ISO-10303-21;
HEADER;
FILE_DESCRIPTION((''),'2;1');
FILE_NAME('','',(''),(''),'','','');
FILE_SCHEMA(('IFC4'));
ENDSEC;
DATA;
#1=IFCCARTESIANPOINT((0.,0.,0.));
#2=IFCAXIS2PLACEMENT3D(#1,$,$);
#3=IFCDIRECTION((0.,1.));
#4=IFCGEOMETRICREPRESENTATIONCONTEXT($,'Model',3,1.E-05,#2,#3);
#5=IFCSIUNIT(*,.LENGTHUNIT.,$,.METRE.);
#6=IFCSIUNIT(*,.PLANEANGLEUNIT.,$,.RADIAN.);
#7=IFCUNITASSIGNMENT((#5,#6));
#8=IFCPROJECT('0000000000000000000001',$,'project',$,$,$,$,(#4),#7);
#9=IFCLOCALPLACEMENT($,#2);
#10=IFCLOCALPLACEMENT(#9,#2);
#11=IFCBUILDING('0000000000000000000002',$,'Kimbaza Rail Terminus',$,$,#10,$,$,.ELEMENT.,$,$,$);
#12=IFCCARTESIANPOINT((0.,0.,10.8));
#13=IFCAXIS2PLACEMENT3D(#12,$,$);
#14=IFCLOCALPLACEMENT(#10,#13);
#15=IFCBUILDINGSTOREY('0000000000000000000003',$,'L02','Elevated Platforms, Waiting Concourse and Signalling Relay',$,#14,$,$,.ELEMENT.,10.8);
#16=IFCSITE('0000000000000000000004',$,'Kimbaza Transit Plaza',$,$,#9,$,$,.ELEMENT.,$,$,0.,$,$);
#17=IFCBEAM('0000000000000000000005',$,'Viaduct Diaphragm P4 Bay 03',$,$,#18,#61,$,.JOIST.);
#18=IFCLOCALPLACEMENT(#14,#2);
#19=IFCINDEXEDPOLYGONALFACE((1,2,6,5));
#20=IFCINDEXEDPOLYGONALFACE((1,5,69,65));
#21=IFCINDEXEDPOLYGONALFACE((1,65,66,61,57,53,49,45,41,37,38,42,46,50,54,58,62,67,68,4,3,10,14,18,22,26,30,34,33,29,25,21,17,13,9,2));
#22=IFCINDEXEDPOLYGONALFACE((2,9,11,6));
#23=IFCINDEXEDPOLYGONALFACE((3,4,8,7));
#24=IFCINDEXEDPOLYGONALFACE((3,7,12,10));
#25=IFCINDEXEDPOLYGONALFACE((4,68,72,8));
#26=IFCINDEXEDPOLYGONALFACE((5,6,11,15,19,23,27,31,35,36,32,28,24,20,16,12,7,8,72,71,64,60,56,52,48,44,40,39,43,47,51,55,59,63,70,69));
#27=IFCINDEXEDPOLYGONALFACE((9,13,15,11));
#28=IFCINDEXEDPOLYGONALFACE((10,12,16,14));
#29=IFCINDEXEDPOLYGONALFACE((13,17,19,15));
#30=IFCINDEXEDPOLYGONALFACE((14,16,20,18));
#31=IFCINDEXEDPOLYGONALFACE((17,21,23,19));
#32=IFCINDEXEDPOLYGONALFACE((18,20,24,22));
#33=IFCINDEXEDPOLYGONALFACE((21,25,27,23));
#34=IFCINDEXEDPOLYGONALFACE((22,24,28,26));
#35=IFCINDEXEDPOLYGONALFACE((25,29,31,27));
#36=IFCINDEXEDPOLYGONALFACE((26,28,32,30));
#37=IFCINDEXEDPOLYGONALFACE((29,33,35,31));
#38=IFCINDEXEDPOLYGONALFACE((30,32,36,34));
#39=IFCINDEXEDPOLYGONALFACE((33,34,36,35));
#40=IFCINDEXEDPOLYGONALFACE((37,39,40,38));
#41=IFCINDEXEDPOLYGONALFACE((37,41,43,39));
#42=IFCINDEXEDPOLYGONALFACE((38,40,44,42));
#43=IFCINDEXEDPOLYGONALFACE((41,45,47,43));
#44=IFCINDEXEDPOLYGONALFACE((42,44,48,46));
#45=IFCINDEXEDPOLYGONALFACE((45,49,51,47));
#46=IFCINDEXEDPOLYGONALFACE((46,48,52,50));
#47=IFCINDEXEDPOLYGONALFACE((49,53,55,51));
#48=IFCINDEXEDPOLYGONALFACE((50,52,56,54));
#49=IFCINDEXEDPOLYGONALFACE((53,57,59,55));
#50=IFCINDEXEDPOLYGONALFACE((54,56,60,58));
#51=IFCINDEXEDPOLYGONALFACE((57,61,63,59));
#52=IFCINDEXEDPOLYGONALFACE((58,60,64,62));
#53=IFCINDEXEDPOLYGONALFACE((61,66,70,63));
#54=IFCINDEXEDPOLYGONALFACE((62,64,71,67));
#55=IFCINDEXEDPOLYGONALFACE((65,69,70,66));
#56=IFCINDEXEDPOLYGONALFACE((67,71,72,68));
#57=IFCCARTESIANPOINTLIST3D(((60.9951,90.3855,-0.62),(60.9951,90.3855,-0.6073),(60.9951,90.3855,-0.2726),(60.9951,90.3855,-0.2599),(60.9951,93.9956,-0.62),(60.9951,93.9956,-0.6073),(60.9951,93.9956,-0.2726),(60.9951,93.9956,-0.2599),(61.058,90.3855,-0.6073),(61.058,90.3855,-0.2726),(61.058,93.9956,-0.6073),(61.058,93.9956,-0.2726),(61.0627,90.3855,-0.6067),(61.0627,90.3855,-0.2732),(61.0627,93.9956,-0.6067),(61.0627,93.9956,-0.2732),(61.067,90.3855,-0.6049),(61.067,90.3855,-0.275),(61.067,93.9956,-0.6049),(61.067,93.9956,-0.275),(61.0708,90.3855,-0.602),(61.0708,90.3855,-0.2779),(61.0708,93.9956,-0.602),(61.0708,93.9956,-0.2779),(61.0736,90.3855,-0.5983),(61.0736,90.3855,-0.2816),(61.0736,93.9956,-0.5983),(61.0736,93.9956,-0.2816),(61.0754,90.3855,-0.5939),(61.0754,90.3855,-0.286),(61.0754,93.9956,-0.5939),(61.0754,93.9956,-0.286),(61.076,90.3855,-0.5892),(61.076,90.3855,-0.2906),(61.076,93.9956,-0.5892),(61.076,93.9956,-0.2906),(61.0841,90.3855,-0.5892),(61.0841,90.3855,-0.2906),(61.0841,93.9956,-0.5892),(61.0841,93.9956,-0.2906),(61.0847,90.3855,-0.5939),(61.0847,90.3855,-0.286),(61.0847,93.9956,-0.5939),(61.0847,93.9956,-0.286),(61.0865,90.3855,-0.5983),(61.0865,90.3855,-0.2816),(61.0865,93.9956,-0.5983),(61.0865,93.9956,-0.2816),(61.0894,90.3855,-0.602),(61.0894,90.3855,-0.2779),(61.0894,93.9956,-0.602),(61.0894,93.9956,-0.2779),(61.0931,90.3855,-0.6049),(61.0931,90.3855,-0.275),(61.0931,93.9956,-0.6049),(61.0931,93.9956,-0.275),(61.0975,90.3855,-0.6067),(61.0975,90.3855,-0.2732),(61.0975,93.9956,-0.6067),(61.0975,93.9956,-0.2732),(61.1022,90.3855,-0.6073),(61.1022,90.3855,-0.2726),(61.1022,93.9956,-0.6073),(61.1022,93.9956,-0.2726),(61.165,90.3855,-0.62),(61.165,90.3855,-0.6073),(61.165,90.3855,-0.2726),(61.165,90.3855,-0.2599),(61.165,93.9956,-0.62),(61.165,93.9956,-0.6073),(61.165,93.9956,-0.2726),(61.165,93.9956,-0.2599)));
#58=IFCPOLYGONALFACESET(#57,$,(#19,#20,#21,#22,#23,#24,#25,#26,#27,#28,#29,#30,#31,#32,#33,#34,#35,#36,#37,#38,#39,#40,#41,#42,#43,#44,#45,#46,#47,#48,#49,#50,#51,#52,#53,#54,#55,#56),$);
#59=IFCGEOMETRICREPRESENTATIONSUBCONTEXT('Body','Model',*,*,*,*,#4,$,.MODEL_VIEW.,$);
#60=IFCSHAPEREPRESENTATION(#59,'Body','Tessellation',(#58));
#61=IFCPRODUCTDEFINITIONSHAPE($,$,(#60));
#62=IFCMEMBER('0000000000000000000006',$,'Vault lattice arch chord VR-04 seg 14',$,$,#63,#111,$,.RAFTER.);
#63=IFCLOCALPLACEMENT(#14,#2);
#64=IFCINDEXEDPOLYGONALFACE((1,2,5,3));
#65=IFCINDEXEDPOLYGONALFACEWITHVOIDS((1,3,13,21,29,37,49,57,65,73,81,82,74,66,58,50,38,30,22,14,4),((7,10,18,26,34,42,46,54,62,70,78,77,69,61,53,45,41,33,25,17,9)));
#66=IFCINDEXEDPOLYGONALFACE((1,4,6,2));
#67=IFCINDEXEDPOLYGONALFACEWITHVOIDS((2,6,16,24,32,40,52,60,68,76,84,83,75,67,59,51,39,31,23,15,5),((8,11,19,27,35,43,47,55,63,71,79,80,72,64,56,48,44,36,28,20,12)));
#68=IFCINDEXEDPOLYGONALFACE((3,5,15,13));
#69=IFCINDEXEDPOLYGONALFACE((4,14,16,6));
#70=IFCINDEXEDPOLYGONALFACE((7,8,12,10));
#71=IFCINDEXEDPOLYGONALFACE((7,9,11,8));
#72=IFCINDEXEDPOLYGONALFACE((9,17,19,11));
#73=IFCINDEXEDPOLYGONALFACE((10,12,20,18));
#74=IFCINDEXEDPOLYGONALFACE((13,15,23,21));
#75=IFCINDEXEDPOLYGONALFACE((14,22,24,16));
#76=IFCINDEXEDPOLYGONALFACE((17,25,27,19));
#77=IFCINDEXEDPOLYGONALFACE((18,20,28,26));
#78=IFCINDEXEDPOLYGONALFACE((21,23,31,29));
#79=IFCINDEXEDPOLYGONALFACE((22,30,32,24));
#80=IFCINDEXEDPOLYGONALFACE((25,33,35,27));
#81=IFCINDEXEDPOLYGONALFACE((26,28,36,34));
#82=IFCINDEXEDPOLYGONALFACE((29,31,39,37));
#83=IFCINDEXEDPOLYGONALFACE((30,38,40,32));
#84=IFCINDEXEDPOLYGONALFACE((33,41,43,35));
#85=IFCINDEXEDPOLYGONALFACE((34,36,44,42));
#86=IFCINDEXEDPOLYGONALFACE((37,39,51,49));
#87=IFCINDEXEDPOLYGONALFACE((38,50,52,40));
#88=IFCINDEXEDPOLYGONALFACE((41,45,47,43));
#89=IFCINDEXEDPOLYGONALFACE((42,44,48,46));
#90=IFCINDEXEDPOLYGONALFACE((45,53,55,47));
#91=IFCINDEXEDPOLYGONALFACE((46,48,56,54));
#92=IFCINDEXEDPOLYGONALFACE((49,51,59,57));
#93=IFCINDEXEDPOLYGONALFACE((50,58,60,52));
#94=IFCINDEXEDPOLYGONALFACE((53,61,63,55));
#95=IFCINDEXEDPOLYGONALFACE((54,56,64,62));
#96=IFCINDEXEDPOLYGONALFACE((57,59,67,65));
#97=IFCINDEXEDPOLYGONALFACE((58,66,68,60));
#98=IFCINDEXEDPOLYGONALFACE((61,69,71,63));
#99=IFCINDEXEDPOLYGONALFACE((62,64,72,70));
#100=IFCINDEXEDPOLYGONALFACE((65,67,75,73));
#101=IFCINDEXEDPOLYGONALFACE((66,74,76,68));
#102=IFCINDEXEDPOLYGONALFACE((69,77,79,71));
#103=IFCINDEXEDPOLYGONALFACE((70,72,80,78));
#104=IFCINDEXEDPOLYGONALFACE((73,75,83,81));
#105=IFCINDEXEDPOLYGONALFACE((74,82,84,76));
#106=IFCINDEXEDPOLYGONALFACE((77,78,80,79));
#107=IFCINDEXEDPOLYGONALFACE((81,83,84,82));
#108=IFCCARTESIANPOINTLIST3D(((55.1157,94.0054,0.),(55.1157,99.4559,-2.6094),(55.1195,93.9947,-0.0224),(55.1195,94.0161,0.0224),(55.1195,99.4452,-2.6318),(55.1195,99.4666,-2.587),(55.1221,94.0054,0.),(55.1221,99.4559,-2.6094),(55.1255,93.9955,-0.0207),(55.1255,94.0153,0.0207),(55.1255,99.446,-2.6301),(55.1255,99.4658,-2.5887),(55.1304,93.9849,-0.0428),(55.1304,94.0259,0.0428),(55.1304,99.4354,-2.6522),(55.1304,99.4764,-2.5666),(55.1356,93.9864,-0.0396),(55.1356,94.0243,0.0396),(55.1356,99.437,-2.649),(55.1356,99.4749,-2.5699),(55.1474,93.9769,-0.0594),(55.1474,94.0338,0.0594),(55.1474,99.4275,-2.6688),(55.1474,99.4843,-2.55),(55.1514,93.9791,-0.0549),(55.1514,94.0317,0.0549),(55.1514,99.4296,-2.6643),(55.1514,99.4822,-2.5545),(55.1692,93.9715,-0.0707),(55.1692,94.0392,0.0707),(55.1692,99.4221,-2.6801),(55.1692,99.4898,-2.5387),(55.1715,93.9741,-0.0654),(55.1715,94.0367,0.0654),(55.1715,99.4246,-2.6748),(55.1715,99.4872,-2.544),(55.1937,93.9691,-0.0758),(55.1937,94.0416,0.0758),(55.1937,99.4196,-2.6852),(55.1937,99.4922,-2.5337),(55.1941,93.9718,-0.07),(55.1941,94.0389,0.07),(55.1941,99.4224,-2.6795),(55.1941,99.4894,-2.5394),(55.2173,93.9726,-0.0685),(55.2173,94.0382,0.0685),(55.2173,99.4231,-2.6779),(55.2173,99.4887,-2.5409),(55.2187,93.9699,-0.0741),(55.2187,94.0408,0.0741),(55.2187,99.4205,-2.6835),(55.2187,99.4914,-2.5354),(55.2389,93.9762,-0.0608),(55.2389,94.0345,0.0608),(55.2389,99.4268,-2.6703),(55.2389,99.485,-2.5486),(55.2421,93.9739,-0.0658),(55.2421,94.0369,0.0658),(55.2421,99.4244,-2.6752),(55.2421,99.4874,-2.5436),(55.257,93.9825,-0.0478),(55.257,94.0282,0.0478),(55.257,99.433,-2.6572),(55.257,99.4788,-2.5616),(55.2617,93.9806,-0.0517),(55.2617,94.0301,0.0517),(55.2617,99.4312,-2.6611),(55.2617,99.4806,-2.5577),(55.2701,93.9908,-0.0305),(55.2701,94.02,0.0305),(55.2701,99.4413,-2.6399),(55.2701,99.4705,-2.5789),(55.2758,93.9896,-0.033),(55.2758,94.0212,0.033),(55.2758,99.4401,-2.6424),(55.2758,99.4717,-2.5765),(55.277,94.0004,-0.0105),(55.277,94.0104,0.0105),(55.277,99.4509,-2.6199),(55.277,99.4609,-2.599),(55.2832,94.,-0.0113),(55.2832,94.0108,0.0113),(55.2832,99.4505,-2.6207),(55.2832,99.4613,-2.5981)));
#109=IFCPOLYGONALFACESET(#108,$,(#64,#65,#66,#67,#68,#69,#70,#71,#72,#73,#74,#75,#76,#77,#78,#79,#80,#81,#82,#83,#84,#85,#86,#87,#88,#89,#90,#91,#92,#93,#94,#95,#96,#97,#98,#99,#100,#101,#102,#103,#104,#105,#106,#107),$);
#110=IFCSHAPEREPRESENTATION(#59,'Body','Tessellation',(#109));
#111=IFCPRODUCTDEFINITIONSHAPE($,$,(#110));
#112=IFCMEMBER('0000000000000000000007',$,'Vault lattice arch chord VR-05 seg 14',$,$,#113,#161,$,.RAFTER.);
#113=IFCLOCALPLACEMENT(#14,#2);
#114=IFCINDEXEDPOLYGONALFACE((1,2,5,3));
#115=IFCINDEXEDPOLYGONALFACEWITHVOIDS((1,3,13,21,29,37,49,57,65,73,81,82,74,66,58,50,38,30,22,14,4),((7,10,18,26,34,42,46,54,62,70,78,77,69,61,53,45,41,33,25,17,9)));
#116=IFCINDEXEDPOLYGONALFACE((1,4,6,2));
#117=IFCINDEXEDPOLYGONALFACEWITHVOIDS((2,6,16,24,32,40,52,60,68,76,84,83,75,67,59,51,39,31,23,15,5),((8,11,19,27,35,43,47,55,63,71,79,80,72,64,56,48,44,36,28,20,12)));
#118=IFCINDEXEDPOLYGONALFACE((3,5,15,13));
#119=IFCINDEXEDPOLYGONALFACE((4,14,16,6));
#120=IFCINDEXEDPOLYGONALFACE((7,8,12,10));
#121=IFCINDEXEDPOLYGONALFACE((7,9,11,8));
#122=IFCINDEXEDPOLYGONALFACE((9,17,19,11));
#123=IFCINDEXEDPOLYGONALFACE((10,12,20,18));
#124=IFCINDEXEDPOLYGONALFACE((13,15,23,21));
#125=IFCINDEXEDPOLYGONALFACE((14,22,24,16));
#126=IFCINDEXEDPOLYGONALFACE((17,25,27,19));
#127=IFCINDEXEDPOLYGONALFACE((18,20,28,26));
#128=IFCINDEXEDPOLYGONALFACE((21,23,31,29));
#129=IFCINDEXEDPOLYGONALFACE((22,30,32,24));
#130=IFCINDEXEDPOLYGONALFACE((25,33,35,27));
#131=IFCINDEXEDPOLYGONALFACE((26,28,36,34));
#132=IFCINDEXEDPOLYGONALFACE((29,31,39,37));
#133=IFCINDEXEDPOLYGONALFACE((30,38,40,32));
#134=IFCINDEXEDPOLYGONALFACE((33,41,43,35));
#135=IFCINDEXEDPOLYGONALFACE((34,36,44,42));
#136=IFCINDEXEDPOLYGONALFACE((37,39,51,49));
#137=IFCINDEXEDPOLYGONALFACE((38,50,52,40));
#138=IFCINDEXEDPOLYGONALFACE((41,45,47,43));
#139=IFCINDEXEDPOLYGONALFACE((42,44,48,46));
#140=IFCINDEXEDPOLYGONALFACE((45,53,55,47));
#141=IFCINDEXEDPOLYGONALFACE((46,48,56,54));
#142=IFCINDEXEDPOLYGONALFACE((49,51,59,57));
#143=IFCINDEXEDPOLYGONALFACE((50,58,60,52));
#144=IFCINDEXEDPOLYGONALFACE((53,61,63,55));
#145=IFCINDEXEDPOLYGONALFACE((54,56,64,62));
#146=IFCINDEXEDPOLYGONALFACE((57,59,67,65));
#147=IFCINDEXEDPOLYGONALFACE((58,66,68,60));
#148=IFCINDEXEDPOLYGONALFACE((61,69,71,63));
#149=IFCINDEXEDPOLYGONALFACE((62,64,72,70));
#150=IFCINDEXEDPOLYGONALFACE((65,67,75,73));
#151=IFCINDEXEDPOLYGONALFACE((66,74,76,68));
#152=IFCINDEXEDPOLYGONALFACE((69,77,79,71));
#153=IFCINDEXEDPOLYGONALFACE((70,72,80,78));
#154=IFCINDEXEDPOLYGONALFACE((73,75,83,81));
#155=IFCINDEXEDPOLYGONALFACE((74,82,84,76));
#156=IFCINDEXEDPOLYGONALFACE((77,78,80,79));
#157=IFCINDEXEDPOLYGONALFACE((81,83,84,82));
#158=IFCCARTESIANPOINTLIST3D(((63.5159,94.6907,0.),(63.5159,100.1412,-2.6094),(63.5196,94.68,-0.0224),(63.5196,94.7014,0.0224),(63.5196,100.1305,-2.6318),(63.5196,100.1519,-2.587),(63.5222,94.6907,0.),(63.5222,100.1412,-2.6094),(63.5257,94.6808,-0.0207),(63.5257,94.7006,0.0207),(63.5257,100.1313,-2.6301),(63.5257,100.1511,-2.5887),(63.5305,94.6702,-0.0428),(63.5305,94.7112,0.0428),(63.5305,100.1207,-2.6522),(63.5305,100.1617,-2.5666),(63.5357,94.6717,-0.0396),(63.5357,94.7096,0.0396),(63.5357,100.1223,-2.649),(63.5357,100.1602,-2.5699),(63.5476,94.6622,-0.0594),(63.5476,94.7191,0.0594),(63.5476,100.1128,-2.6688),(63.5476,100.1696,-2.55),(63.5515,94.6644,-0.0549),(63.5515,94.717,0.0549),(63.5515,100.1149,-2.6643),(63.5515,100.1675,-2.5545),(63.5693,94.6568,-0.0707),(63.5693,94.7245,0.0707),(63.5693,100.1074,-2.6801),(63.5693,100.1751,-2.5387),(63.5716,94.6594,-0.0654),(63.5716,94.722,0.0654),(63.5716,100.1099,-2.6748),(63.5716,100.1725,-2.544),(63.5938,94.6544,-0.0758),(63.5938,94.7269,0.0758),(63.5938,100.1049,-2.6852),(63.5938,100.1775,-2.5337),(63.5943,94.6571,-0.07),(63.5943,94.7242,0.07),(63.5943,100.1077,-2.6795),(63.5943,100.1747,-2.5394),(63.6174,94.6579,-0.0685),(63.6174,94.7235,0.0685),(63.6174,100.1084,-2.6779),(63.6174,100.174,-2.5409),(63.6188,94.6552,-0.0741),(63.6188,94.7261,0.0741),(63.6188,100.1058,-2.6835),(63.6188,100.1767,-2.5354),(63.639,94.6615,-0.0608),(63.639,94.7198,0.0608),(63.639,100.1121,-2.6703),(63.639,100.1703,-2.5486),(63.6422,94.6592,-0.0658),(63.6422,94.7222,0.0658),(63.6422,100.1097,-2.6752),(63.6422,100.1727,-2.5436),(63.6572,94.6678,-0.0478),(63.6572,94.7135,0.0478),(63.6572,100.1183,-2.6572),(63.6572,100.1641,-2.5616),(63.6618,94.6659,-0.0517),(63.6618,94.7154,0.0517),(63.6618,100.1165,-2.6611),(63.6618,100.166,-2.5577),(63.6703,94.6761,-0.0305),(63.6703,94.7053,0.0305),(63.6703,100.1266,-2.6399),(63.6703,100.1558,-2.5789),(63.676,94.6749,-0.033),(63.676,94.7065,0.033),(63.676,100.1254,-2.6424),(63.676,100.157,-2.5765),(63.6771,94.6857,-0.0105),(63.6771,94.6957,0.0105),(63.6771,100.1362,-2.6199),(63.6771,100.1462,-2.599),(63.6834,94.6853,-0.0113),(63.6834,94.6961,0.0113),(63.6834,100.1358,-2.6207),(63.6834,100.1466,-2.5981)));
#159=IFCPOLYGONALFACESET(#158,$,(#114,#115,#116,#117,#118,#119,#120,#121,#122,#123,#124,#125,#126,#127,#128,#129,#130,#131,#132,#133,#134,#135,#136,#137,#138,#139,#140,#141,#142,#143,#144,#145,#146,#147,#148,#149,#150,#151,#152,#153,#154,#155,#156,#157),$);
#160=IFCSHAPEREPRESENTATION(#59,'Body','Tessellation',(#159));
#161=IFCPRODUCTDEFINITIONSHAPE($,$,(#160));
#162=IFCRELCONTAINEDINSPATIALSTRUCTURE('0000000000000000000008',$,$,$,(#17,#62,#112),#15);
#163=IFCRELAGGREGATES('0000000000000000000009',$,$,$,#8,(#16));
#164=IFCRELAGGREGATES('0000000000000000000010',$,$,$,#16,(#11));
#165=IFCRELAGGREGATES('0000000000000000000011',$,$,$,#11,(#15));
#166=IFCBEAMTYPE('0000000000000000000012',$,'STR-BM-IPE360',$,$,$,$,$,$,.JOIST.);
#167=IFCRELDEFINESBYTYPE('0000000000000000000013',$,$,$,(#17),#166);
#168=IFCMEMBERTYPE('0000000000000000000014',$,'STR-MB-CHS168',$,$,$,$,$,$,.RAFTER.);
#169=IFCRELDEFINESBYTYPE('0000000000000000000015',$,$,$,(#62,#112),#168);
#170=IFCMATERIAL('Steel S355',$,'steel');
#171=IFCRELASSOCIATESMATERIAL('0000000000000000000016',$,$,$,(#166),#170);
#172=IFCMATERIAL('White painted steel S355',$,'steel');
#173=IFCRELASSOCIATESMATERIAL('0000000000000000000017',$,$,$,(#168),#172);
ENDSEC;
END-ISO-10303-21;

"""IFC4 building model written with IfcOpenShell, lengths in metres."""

from ifc_helpers import new_model, si_unit, direction, frame, origin, origin_2d, place, context, subcontext, project, spatial, hollow_circle, i_section, extrude, material, material_profile, profile_set, type_object, element, save


model = new_model("IFC4")

# Units and contexts
model_context = context("Model", 3, precision=1e-05, world=origin(), true_north=direction((0.0, 1.0)))
body_context = subcontext(model_context, "Body", "Model", "MODEL_VIEW")
ifc_project = project(units=[si_unit("LENGTHUNIT", "METRE"), si_unit("PLANEANGLEUNIT", "RADIAN")], contexts=[model_context])

# Site, building, storey
site_placement = place(None, origin())
site = spatial("IfcSite", under=ifc_project, at=site_placement, Name="Kimbaza Transit Plaza", CompositionType="ELEMENT", RefElevation=0.0)
building_placement = place(site_placement, origin())
building = spatial("IfcBuilding", under=site, at=building_placement, Name="Kimbaza Rail Terminus", CompositionType="ELEMENT")
storey_placement = place(building_placement, frame((0.0, 0.0, 10.8)))
storey = spatial("IfcBuildingStorey", under=building, at=storey_placement, Name="L02", Description="Elevated Platforms, Waiting Concourse and Signalling Relay", CompositionType="ELEMENT", Elevation=10.8)

# Beam
ifc_material_1 = material(Name="Steel S355", Category="steel")
ifc_material_profile_1 = material_profile(ifc_material_1, i_section(OverallWidth=0.1699, OverallDepth=0.3601, WebThickness=0.0081, FlangeThickness=0.0127, FilletRadius=0.0181, at=origin_2d()), Name="IPE 360")
ifc_profile_set_1 = profile_set([ifc_material_profile_1], Name="Steel S355")
beam_type_1 = type_object("IfcBeamType", Name="STR-BM-IPE360", PredefinedType="JOIST", material=ifc_profile_set_1)
beam_1_placement = place(storey_placement, frame((61.0801, 90.3855, -0.4399), z_axis=(0.0, 1.0, 0.0), x_axis=(-1.0, 0.0, 0.0)))
element("IfcBeam", 1, at=beam_1_placement, inside=storey, type_object=beam_type_1, Name="Viaduct Diaphragm P4 Bay 03", PredefinedType="JOIST", context=body_context, shape_type="SweptSolid", body=[
    extrude(i_section(OverallWidth=0.1699, OverallDepth=0.3601, WebThickness=0.0081, FlangeThickness=0.0127, FilletRadius=0.0181, at=origin_2d()), origin(), (0.0, 0.0, 1.0), 3.6101),
])

# Members
ifc_material_2 = material(Name="White painted steel S355", Category="steel")
ifc_material_profile_2 = material_profile(ifc_material_2, hollow_circle(Radius=0.0842, WallThickness=0.0063, at=origin_2d()), Name="CHS 168.3x6.3")
ifc_profile_set_2 = profile_set([ifc_material_profile_2], Name="White painted steel S355")
member_type_1 = type_object("IfcMemberType", Name="STR-MB-CHS168", PredefinedType="RAFTER", material=ifc_profile_set_2)
for number, where, z_axis, x_axis, name in (
    (2, (55.2, 94.0054, 0.0), (0.0, 0.901964, -0.431811), (-1.0, 0.0, 0.0), "Vault lattice arch chord VR-04 seg 14"),
    (3, (63.6001, 94.6907, 0.0), (0.0, 0.901964, -0.431811), (-1.0, 0.0, 0.0), "Vault lattice arch chord VR-05 seg 14"),
):
    element("IfcMember", number, at=place(storey_placement, frame(where, z_axis=z_axis, x_axis=x_axis)), inside=storey, type_object=member_type_1, Name=name, PredefinedType="RAFTER", context=body_context, shape_type="SweptSolid", body=[
        extrude(hollow_circle(Radius=0.0842, WallThickness=0.0063, at=origin_2d()), origin(), (0.0, 0.0, 1.0), 6.043),
    ])

save(model, "model.ifc")
